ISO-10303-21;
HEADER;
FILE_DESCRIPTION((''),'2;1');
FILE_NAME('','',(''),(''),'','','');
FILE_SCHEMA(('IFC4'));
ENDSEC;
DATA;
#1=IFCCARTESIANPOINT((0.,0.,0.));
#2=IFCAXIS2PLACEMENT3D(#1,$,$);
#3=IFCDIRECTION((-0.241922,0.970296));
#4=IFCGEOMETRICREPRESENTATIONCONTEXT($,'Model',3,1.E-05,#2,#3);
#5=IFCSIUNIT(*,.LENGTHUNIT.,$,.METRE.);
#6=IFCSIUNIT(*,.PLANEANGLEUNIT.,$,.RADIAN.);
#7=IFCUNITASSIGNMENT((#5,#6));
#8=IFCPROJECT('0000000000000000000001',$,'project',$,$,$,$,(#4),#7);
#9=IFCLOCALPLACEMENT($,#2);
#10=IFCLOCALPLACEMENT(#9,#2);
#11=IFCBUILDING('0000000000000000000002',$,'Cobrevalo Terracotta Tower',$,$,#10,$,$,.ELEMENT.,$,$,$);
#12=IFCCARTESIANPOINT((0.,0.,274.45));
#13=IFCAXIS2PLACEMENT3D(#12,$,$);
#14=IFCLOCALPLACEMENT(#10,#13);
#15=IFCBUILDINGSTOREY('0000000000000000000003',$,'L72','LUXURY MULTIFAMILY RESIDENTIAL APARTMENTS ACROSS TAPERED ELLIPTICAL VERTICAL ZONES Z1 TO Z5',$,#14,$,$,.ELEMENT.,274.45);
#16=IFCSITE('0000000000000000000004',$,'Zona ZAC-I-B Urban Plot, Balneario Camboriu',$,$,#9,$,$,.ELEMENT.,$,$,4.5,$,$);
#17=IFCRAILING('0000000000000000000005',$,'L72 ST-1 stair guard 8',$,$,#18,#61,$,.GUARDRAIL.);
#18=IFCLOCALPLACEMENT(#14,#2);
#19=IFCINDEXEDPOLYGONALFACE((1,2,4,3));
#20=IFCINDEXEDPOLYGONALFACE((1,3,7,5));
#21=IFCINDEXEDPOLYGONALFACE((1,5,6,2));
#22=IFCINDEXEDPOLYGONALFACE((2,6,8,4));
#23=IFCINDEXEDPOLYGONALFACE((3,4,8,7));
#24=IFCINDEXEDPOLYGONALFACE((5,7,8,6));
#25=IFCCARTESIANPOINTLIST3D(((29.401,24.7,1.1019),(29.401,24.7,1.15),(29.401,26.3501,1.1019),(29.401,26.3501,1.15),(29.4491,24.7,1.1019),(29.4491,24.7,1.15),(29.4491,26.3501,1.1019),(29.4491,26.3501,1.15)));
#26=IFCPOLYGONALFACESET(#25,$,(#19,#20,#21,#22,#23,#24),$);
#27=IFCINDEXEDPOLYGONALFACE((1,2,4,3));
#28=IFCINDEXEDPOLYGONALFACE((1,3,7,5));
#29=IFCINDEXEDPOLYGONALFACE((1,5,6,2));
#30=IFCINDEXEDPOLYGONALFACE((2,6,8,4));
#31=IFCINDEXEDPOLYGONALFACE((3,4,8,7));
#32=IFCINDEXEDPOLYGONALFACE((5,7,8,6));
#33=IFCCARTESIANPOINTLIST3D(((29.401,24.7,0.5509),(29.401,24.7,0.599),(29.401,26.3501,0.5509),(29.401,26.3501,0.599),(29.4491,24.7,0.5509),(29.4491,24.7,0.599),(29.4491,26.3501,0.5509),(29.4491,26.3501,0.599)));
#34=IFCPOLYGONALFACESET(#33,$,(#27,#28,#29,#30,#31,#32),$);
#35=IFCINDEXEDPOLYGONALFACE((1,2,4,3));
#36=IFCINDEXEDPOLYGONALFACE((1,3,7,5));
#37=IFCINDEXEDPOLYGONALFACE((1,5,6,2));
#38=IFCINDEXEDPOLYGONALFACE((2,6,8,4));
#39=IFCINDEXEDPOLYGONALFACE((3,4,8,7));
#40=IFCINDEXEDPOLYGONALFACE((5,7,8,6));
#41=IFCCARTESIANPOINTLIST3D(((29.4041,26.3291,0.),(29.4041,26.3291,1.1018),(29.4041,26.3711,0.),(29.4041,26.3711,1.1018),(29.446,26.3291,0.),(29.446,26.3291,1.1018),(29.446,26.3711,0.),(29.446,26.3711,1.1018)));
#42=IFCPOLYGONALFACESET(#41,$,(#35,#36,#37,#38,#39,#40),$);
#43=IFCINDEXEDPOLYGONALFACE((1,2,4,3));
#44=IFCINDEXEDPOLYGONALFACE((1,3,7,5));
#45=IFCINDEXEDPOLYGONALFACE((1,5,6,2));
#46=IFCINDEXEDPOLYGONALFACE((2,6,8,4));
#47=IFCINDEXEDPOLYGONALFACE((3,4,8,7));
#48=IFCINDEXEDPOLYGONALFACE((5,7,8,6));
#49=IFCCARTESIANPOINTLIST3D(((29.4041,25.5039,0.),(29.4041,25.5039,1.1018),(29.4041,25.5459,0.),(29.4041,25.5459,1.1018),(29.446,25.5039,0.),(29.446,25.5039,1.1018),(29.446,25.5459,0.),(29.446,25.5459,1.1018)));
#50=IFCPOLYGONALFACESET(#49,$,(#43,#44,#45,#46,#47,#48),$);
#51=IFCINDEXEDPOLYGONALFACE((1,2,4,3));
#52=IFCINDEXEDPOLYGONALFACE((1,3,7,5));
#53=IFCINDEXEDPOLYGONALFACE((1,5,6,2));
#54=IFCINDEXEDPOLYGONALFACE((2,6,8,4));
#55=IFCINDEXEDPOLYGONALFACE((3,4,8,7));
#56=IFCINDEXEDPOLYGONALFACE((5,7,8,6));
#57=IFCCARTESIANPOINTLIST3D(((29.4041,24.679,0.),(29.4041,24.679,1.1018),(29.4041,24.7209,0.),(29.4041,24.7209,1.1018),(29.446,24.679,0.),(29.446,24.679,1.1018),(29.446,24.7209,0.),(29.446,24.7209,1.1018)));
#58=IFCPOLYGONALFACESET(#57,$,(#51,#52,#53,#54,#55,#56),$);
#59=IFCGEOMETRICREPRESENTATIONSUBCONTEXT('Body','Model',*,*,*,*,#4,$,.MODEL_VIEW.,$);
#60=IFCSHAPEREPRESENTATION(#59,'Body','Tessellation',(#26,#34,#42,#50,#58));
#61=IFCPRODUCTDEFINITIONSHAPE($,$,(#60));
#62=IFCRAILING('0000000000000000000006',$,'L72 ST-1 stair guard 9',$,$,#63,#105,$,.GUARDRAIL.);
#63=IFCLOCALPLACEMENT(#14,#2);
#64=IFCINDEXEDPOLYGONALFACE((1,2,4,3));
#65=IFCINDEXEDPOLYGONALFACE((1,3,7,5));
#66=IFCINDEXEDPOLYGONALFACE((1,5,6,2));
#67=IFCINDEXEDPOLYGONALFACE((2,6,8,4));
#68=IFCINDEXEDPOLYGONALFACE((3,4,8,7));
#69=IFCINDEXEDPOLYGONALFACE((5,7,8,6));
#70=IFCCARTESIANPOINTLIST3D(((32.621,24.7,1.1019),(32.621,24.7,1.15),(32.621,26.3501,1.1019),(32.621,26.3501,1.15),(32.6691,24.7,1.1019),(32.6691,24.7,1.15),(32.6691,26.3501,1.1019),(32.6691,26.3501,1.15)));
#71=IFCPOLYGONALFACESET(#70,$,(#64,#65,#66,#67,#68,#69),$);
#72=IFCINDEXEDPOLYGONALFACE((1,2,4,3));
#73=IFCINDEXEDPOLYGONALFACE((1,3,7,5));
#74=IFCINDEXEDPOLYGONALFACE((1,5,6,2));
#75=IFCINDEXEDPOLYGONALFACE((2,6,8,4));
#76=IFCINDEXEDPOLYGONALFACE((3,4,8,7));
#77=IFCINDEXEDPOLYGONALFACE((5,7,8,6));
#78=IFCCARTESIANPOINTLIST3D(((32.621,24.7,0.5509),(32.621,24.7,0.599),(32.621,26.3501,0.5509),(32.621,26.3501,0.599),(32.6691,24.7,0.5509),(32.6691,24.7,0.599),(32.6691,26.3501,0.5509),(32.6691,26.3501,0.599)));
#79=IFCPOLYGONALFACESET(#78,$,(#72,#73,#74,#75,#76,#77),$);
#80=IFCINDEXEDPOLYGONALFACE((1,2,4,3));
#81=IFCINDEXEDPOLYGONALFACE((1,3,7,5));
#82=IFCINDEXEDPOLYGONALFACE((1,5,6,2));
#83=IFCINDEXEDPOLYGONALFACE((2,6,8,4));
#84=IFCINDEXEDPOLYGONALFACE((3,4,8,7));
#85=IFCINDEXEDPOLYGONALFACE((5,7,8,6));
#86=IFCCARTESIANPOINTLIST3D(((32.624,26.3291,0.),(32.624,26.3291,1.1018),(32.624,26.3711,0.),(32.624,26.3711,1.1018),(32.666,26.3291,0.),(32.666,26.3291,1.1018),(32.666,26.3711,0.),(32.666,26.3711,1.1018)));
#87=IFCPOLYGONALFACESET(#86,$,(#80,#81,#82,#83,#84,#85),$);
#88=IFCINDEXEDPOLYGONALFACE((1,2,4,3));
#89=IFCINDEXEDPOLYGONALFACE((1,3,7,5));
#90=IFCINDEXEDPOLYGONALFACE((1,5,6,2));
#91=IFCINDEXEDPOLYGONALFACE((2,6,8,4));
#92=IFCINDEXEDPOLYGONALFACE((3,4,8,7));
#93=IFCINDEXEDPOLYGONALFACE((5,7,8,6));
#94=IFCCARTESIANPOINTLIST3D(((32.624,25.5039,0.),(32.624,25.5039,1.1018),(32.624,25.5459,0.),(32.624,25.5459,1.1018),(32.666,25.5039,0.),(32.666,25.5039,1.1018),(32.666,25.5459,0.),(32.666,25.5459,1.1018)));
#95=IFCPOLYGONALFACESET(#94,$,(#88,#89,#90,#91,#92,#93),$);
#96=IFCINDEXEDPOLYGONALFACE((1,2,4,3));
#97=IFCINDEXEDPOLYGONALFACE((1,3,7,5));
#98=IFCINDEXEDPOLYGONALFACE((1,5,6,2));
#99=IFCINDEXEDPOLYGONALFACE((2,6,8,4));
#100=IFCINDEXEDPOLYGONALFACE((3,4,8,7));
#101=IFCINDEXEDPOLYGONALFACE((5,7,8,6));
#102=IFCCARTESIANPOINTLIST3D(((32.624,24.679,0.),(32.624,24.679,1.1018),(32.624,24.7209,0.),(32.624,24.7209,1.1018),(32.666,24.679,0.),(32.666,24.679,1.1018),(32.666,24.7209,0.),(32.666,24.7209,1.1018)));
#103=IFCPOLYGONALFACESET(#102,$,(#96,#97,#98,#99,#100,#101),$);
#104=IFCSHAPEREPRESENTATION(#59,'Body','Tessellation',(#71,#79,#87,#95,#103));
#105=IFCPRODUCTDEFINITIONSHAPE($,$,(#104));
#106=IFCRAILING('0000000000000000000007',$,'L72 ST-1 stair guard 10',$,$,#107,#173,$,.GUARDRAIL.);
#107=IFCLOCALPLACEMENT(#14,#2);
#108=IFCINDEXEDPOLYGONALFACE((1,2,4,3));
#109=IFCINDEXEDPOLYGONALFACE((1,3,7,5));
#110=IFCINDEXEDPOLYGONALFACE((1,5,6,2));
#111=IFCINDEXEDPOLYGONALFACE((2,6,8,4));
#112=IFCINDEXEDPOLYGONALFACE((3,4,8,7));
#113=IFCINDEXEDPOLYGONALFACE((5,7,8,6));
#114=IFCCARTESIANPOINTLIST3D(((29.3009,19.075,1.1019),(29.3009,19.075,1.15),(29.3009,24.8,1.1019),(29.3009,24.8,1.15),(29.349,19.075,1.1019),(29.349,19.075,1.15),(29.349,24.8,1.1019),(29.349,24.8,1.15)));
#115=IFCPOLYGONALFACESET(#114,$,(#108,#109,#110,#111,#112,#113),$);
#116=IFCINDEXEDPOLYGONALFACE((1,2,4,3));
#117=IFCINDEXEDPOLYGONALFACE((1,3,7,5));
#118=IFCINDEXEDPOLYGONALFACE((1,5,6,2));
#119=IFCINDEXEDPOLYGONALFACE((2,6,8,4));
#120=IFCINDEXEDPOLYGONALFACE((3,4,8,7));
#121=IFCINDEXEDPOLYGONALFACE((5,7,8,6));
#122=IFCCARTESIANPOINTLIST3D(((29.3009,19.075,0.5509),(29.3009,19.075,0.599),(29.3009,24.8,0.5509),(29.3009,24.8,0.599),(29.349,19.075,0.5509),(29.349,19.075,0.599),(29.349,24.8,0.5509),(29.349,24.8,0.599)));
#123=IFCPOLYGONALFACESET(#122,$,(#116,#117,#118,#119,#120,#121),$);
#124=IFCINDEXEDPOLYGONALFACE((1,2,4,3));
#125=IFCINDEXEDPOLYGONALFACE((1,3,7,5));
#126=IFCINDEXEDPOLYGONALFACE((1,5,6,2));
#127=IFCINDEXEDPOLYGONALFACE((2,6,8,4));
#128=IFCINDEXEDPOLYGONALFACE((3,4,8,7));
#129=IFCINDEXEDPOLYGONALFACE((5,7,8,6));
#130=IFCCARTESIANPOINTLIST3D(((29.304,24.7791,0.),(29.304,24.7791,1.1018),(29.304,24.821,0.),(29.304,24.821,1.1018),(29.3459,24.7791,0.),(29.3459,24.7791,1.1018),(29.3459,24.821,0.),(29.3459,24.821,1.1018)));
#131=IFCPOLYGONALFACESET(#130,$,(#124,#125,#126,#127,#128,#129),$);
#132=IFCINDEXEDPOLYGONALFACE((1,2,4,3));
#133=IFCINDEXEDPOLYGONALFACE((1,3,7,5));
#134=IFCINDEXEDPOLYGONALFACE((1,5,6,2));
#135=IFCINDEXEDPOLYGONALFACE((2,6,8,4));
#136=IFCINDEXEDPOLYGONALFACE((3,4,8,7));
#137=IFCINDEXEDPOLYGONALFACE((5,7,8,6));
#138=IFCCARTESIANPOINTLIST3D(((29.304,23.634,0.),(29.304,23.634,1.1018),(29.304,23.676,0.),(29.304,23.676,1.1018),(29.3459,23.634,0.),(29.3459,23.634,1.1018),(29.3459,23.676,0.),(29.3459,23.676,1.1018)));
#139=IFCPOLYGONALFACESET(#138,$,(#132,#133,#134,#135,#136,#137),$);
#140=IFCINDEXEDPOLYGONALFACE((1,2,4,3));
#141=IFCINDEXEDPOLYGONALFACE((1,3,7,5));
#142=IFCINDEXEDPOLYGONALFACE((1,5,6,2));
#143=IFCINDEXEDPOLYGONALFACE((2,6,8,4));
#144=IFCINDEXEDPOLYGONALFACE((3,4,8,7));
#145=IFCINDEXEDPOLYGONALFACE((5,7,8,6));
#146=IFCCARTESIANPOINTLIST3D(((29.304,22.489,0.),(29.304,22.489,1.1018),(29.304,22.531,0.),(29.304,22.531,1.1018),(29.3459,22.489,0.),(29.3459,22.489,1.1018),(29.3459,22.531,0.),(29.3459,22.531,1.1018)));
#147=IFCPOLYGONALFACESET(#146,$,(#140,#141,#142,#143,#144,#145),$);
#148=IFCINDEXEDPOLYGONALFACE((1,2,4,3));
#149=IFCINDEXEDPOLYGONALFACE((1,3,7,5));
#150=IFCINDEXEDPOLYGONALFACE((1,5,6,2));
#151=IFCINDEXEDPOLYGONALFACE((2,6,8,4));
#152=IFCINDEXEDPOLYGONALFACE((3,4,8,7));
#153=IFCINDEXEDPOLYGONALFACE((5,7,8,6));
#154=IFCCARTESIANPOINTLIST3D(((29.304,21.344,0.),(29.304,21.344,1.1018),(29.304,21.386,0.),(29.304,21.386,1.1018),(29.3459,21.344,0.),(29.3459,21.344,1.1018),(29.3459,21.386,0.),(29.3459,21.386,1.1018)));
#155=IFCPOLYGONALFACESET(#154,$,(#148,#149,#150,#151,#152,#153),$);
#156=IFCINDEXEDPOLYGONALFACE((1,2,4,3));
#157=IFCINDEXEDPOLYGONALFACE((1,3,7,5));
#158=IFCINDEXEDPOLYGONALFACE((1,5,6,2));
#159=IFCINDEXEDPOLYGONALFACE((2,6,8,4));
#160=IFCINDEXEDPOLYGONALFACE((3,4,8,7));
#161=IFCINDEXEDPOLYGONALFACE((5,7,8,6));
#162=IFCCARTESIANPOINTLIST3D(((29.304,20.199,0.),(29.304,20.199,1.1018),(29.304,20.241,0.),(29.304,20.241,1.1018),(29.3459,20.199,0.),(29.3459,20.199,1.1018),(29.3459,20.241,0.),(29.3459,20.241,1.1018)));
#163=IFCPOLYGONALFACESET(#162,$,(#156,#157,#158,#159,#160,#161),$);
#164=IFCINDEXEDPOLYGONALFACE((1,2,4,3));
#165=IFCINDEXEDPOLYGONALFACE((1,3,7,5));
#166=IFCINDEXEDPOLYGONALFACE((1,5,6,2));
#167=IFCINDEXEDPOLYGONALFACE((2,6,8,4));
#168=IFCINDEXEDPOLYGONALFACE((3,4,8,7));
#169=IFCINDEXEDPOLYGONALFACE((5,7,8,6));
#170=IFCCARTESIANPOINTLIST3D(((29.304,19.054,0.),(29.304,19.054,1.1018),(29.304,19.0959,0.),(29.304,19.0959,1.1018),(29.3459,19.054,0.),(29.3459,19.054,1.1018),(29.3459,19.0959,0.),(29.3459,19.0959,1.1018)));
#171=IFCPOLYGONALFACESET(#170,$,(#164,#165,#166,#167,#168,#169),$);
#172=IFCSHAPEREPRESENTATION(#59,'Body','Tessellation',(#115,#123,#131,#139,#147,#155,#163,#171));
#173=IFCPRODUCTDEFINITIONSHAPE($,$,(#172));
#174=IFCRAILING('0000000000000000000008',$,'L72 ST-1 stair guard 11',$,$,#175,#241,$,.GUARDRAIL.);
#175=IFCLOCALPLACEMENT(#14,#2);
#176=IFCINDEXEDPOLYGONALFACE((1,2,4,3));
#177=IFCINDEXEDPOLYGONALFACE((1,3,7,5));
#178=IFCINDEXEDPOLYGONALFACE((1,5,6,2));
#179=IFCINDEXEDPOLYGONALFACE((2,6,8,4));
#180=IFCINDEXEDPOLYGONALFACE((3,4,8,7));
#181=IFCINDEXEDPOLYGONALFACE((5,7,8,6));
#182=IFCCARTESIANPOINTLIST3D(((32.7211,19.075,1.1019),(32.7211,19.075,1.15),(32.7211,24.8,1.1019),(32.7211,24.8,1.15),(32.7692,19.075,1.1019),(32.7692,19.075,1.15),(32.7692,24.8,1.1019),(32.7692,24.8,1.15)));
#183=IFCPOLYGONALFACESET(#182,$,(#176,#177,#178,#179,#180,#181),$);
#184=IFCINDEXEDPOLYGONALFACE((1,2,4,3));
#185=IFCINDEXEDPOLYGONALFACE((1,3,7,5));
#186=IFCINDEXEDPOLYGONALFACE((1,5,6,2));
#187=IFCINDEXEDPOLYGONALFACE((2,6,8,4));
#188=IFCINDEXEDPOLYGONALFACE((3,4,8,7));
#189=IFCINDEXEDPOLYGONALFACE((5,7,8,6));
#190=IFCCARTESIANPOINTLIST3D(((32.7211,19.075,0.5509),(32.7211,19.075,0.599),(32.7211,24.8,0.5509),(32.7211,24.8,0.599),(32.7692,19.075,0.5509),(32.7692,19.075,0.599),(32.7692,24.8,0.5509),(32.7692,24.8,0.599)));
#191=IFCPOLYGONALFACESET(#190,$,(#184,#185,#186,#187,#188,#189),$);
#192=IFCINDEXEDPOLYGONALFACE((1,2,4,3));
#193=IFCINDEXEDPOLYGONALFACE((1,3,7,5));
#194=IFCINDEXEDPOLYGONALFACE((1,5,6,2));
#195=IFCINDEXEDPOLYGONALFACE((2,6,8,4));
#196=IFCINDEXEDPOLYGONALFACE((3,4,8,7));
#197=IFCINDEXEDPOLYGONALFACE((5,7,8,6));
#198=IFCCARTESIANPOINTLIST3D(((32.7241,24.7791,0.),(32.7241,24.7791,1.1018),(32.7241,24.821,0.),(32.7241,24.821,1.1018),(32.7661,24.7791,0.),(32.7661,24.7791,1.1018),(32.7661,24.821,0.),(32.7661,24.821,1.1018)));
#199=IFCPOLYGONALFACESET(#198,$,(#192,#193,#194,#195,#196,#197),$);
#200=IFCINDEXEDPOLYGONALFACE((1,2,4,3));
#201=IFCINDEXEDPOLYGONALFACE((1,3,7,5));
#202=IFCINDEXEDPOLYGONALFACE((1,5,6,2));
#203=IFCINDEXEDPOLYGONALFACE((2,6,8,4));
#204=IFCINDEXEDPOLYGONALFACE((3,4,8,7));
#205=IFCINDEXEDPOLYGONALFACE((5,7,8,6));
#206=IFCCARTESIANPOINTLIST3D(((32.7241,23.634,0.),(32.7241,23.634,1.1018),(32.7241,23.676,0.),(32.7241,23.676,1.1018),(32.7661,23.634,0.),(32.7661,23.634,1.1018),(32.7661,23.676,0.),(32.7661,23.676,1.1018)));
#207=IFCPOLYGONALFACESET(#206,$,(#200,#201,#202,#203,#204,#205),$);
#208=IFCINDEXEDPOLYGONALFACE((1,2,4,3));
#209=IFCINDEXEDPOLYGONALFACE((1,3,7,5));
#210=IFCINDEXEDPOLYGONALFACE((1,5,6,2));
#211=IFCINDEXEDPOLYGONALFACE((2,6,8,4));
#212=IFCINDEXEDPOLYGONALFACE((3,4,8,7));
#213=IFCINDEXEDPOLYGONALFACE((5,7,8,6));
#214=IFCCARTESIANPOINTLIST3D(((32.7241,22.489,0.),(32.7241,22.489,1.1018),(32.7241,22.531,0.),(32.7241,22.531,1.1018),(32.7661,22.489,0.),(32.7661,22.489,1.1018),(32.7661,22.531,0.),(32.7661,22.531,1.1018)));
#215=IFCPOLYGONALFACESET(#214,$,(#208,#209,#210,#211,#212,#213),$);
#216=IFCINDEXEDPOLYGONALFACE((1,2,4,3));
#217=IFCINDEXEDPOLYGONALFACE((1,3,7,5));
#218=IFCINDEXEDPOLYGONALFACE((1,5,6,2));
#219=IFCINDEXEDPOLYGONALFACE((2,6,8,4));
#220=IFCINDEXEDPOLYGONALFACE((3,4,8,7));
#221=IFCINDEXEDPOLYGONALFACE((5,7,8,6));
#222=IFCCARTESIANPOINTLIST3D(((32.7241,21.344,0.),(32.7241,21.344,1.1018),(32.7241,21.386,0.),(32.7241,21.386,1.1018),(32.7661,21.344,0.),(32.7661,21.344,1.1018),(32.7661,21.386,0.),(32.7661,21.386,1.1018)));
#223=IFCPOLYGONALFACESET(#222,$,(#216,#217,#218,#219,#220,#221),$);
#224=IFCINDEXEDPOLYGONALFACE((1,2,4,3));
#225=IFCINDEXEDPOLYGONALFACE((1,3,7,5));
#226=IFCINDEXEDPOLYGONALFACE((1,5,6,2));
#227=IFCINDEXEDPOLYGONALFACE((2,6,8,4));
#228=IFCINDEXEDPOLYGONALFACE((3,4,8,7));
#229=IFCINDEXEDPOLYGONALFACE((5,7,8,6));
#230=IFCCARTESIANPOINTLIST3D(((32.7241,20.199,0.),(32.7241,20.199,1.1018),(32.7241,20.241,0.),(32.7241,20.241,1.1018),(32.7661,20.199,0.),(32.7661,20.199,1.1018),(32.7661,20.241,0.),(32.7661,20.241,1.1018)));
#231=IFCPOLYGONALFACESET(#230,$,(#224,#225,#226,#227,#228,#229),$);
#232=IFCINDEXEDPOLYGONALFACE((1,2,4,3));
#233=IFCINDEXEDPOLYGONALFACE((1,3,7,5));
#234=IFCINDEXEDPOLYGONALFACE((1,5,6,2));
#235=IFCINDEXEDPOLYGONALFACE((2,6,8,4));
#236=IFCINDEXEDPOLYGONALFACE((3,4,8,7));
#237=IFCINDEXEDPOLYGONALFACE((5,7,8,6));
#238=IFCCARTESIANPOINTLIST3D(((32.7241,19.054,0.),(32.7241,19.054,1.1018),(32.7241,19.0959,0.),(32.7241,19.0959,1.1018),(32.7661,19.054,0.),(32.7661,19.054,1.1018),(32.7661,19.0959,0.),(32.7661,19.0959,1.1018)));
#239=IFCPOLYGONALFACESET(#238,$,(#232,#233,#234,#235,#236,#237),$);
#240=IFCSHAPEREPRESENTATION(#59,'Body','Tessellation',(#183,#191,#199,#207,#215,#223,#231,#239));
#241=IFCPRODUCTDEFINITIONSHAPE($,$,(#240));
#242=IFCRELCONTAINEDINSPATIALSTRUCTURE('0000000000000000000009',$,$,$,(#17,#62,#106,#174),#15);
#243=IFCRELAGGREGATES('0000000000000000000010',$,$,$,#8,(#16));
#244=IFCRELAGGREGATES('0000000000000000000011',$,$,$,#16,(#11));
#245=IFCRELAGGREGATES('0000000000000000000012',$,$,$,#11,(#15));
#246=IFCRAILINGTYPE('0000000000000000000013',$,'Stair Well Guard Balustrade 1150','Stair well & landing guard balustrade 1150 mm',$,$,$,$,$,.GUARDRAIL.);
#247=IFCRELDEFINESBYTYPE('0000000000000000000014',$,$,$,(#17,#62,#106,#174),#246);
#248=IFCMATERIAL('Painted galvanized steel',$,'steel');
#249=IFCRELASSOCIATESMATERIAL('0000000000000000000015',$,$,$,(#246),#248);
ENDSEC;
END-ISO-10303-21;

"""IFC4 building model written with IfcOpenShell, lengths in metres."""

from ifc_helpers import new_model, si_unit, direction, frame, origin, origin_2d, place, context, subcontext, project, spatial, rectangle, extrude, material, type_object, element, save


model = new_model("IFC4")

# Units and contexts
model_context = context("Model", 3, precision=1e-05, world=origin(), true_north=direction((-0.241922, 0.970296)))
body_context = subcontext(model_context, "Body", "Model", "MODEL_VIEW")
ifc_project = project(units=[si_unit("LENGTHUNIT", "METRE"), si_unit("PLANEANGLEUNIT", "RADIAN")], contexts=[model_context])

# Site, building, storey
site_placement = place(None, origin())
site = spatial("IfcSite", under=ifc_project, at=site_placement, Name="Zona ZAC-I-B Urban Plot, Balneario Camboriu", CompositionType="ELEMENT", RefElevation=4.5)
building_placement = place(site_placement, origin())
building = spatial("IfcBuilding", under=site, at=building_placement, Name="Cobrevalo Terracotta Tower", CompositionType="ELEMENT")
storey_placement = place(building_placement, frame((0.0, 0.0, 274.45)))
storey = spatial("IfcBuildingStorey", under=building, at=storey_placement, Name="L72", Description="LUXURY MULTIFAMILY RESIDENTIAL APARTMENTS ACROSS TAPERED ELLIPTICAL VERTICAL ZONES Z1 TO Z5", CompositionType="ELEMENT", Elevation=274.45)

# Railings
ifc_material_1 = material(Name="Painted galvanized steel", Category="steel")
railing_type_1 = type_object("IfcRailingType", Name="Stair Well Guard Balustrade 1150", Description="Stair well & landing guard balustrade 1150 mm", PredefinedType="GUARDRAIL", material=ifc_material_1)
for number, where, name in (
    (1, (29.425, 26.3501, 0.0), "L72 ST-1 stair guard 8"),
    (2, (32.645, 26.3501, 0.0), "L72 ST-1 stair guard 9"),
):
    element("IfcRailing", number, at=place(storey_placement, frame(where)), inside=storey, type_object=railing_type_1, Name=name, PredefinedType="GUARDRAIL", context=body_context, shape_type="SweptSolid", body=[
        extrude(rectangle(XDim=0.0481, YDim=0.0481, at=origin_2d()), frame((0.0, 0.0, 1.126), z_axis=(0.0, -1.0, 0.0), x_axis=(1.0, 0.0, 0.0)), (0.0, 0.0, 1.0), 1.6501),
        extrude(rectangle(XDim=0.0481, YDim=0.0481, at=origin_2d()), frame((0.0, 0.0, 0.575), z_axis=(0.0, -1.0, 0.0), x_axis=(1.0, 0.0, 0.0)), (0.0, 0.0, 1.0), 1.6501),
        extrude(rectangle(XDim=0.042, YDim=0.042, at=origin_2d()), origin(), (0.0, 0.0, 1.0), 1.1018),
        extrude(rectangle(XDim=0.042, YDim=0.042, at=origin_2d()), frame((0.0, -0.8252, 0.0)), (0.0, 0.0, 1.0), 1.1018),
        extrude(rectangle(XDim=0.042, YDim=0.042, at=origin_2d()), frame((0.0, -1.6501, 0.0)), (0.0, 0.0, 1.0), 1.1018),
    ])
for number, where, name in (
    (3, (29.325, 24.8, 0.0), "L72 ST-1 stair guard 10"),
    (4, (32.7451, 24.8, 0.0), "L72 ST-1 stair guard 11"),
):
    element("IfcRailing", number, at=place(storey_placement, frame(where)), inside=storey, type_object=railing_type_1, Name=name, PredefinedType="GUARDRAIL", context=body_context, shape_type="SweptSolid", body=[
        extrude(rectangle(XDim=0.0481, YDim=0.0481, at=origin_2d()), frame((0.0, 0.0, 1.126), z_axis=(0.0, -1.0, 0.0), x_axis=(1.0, 0.0, 0.0)), (0.0, 0.0, 1.0), 5.7251),
        extrude(rectangle(XDim=0.0481, YDim=0.0481, at=origin_2d()), frame((0.0, 0.0, 0.575), z_axis=(0.0, -1.0, 0.0), x_axis=(1.0, 0.0, 0.0)), (0.0, 0.0, 1.0), 5.7251),
        extrude(rectangle(XDim=0.042, YDim=0.042, at=origin_2d()), origin(), (0.0, 0.0, 1.0), 1.1018),
        extrude(rectangle(XDim=0.042, YDim=0.042, at=origin_2d()), frame((0.0, -1.145, 0.0)), (0.0, 0.0, 1.0), 1.1018),
        extrude(rectangle(XDim=0.042, YDim=0.042, at=origin_2d()), frame((0.0, -2.29, 0.0)), (0.0, 0.0, 1.0), 1.1018),
        extrude(rectangle(XDim=0.042, YDim=0.042, at=origin_2d()), frame((0.0, -3.4351, 0.0)), (0.0, 0.0, 1.0), 1.1018),
        extrude(rectangle(XDim=0.042, YDim=0.042, at=origin_2d()), frame((0.0, -4.5801, 0.0)), (0.0, 0.0, 1.0), 1.1018),
        extrude(rectangle(XDim=0.042, YDim=0.042, at=origin_2d()), frame((0.0, -5.7251, 0.0)), (0.0, 0.0, 1.0), 1.1018),
    ])

save(model, "model.ifc")
